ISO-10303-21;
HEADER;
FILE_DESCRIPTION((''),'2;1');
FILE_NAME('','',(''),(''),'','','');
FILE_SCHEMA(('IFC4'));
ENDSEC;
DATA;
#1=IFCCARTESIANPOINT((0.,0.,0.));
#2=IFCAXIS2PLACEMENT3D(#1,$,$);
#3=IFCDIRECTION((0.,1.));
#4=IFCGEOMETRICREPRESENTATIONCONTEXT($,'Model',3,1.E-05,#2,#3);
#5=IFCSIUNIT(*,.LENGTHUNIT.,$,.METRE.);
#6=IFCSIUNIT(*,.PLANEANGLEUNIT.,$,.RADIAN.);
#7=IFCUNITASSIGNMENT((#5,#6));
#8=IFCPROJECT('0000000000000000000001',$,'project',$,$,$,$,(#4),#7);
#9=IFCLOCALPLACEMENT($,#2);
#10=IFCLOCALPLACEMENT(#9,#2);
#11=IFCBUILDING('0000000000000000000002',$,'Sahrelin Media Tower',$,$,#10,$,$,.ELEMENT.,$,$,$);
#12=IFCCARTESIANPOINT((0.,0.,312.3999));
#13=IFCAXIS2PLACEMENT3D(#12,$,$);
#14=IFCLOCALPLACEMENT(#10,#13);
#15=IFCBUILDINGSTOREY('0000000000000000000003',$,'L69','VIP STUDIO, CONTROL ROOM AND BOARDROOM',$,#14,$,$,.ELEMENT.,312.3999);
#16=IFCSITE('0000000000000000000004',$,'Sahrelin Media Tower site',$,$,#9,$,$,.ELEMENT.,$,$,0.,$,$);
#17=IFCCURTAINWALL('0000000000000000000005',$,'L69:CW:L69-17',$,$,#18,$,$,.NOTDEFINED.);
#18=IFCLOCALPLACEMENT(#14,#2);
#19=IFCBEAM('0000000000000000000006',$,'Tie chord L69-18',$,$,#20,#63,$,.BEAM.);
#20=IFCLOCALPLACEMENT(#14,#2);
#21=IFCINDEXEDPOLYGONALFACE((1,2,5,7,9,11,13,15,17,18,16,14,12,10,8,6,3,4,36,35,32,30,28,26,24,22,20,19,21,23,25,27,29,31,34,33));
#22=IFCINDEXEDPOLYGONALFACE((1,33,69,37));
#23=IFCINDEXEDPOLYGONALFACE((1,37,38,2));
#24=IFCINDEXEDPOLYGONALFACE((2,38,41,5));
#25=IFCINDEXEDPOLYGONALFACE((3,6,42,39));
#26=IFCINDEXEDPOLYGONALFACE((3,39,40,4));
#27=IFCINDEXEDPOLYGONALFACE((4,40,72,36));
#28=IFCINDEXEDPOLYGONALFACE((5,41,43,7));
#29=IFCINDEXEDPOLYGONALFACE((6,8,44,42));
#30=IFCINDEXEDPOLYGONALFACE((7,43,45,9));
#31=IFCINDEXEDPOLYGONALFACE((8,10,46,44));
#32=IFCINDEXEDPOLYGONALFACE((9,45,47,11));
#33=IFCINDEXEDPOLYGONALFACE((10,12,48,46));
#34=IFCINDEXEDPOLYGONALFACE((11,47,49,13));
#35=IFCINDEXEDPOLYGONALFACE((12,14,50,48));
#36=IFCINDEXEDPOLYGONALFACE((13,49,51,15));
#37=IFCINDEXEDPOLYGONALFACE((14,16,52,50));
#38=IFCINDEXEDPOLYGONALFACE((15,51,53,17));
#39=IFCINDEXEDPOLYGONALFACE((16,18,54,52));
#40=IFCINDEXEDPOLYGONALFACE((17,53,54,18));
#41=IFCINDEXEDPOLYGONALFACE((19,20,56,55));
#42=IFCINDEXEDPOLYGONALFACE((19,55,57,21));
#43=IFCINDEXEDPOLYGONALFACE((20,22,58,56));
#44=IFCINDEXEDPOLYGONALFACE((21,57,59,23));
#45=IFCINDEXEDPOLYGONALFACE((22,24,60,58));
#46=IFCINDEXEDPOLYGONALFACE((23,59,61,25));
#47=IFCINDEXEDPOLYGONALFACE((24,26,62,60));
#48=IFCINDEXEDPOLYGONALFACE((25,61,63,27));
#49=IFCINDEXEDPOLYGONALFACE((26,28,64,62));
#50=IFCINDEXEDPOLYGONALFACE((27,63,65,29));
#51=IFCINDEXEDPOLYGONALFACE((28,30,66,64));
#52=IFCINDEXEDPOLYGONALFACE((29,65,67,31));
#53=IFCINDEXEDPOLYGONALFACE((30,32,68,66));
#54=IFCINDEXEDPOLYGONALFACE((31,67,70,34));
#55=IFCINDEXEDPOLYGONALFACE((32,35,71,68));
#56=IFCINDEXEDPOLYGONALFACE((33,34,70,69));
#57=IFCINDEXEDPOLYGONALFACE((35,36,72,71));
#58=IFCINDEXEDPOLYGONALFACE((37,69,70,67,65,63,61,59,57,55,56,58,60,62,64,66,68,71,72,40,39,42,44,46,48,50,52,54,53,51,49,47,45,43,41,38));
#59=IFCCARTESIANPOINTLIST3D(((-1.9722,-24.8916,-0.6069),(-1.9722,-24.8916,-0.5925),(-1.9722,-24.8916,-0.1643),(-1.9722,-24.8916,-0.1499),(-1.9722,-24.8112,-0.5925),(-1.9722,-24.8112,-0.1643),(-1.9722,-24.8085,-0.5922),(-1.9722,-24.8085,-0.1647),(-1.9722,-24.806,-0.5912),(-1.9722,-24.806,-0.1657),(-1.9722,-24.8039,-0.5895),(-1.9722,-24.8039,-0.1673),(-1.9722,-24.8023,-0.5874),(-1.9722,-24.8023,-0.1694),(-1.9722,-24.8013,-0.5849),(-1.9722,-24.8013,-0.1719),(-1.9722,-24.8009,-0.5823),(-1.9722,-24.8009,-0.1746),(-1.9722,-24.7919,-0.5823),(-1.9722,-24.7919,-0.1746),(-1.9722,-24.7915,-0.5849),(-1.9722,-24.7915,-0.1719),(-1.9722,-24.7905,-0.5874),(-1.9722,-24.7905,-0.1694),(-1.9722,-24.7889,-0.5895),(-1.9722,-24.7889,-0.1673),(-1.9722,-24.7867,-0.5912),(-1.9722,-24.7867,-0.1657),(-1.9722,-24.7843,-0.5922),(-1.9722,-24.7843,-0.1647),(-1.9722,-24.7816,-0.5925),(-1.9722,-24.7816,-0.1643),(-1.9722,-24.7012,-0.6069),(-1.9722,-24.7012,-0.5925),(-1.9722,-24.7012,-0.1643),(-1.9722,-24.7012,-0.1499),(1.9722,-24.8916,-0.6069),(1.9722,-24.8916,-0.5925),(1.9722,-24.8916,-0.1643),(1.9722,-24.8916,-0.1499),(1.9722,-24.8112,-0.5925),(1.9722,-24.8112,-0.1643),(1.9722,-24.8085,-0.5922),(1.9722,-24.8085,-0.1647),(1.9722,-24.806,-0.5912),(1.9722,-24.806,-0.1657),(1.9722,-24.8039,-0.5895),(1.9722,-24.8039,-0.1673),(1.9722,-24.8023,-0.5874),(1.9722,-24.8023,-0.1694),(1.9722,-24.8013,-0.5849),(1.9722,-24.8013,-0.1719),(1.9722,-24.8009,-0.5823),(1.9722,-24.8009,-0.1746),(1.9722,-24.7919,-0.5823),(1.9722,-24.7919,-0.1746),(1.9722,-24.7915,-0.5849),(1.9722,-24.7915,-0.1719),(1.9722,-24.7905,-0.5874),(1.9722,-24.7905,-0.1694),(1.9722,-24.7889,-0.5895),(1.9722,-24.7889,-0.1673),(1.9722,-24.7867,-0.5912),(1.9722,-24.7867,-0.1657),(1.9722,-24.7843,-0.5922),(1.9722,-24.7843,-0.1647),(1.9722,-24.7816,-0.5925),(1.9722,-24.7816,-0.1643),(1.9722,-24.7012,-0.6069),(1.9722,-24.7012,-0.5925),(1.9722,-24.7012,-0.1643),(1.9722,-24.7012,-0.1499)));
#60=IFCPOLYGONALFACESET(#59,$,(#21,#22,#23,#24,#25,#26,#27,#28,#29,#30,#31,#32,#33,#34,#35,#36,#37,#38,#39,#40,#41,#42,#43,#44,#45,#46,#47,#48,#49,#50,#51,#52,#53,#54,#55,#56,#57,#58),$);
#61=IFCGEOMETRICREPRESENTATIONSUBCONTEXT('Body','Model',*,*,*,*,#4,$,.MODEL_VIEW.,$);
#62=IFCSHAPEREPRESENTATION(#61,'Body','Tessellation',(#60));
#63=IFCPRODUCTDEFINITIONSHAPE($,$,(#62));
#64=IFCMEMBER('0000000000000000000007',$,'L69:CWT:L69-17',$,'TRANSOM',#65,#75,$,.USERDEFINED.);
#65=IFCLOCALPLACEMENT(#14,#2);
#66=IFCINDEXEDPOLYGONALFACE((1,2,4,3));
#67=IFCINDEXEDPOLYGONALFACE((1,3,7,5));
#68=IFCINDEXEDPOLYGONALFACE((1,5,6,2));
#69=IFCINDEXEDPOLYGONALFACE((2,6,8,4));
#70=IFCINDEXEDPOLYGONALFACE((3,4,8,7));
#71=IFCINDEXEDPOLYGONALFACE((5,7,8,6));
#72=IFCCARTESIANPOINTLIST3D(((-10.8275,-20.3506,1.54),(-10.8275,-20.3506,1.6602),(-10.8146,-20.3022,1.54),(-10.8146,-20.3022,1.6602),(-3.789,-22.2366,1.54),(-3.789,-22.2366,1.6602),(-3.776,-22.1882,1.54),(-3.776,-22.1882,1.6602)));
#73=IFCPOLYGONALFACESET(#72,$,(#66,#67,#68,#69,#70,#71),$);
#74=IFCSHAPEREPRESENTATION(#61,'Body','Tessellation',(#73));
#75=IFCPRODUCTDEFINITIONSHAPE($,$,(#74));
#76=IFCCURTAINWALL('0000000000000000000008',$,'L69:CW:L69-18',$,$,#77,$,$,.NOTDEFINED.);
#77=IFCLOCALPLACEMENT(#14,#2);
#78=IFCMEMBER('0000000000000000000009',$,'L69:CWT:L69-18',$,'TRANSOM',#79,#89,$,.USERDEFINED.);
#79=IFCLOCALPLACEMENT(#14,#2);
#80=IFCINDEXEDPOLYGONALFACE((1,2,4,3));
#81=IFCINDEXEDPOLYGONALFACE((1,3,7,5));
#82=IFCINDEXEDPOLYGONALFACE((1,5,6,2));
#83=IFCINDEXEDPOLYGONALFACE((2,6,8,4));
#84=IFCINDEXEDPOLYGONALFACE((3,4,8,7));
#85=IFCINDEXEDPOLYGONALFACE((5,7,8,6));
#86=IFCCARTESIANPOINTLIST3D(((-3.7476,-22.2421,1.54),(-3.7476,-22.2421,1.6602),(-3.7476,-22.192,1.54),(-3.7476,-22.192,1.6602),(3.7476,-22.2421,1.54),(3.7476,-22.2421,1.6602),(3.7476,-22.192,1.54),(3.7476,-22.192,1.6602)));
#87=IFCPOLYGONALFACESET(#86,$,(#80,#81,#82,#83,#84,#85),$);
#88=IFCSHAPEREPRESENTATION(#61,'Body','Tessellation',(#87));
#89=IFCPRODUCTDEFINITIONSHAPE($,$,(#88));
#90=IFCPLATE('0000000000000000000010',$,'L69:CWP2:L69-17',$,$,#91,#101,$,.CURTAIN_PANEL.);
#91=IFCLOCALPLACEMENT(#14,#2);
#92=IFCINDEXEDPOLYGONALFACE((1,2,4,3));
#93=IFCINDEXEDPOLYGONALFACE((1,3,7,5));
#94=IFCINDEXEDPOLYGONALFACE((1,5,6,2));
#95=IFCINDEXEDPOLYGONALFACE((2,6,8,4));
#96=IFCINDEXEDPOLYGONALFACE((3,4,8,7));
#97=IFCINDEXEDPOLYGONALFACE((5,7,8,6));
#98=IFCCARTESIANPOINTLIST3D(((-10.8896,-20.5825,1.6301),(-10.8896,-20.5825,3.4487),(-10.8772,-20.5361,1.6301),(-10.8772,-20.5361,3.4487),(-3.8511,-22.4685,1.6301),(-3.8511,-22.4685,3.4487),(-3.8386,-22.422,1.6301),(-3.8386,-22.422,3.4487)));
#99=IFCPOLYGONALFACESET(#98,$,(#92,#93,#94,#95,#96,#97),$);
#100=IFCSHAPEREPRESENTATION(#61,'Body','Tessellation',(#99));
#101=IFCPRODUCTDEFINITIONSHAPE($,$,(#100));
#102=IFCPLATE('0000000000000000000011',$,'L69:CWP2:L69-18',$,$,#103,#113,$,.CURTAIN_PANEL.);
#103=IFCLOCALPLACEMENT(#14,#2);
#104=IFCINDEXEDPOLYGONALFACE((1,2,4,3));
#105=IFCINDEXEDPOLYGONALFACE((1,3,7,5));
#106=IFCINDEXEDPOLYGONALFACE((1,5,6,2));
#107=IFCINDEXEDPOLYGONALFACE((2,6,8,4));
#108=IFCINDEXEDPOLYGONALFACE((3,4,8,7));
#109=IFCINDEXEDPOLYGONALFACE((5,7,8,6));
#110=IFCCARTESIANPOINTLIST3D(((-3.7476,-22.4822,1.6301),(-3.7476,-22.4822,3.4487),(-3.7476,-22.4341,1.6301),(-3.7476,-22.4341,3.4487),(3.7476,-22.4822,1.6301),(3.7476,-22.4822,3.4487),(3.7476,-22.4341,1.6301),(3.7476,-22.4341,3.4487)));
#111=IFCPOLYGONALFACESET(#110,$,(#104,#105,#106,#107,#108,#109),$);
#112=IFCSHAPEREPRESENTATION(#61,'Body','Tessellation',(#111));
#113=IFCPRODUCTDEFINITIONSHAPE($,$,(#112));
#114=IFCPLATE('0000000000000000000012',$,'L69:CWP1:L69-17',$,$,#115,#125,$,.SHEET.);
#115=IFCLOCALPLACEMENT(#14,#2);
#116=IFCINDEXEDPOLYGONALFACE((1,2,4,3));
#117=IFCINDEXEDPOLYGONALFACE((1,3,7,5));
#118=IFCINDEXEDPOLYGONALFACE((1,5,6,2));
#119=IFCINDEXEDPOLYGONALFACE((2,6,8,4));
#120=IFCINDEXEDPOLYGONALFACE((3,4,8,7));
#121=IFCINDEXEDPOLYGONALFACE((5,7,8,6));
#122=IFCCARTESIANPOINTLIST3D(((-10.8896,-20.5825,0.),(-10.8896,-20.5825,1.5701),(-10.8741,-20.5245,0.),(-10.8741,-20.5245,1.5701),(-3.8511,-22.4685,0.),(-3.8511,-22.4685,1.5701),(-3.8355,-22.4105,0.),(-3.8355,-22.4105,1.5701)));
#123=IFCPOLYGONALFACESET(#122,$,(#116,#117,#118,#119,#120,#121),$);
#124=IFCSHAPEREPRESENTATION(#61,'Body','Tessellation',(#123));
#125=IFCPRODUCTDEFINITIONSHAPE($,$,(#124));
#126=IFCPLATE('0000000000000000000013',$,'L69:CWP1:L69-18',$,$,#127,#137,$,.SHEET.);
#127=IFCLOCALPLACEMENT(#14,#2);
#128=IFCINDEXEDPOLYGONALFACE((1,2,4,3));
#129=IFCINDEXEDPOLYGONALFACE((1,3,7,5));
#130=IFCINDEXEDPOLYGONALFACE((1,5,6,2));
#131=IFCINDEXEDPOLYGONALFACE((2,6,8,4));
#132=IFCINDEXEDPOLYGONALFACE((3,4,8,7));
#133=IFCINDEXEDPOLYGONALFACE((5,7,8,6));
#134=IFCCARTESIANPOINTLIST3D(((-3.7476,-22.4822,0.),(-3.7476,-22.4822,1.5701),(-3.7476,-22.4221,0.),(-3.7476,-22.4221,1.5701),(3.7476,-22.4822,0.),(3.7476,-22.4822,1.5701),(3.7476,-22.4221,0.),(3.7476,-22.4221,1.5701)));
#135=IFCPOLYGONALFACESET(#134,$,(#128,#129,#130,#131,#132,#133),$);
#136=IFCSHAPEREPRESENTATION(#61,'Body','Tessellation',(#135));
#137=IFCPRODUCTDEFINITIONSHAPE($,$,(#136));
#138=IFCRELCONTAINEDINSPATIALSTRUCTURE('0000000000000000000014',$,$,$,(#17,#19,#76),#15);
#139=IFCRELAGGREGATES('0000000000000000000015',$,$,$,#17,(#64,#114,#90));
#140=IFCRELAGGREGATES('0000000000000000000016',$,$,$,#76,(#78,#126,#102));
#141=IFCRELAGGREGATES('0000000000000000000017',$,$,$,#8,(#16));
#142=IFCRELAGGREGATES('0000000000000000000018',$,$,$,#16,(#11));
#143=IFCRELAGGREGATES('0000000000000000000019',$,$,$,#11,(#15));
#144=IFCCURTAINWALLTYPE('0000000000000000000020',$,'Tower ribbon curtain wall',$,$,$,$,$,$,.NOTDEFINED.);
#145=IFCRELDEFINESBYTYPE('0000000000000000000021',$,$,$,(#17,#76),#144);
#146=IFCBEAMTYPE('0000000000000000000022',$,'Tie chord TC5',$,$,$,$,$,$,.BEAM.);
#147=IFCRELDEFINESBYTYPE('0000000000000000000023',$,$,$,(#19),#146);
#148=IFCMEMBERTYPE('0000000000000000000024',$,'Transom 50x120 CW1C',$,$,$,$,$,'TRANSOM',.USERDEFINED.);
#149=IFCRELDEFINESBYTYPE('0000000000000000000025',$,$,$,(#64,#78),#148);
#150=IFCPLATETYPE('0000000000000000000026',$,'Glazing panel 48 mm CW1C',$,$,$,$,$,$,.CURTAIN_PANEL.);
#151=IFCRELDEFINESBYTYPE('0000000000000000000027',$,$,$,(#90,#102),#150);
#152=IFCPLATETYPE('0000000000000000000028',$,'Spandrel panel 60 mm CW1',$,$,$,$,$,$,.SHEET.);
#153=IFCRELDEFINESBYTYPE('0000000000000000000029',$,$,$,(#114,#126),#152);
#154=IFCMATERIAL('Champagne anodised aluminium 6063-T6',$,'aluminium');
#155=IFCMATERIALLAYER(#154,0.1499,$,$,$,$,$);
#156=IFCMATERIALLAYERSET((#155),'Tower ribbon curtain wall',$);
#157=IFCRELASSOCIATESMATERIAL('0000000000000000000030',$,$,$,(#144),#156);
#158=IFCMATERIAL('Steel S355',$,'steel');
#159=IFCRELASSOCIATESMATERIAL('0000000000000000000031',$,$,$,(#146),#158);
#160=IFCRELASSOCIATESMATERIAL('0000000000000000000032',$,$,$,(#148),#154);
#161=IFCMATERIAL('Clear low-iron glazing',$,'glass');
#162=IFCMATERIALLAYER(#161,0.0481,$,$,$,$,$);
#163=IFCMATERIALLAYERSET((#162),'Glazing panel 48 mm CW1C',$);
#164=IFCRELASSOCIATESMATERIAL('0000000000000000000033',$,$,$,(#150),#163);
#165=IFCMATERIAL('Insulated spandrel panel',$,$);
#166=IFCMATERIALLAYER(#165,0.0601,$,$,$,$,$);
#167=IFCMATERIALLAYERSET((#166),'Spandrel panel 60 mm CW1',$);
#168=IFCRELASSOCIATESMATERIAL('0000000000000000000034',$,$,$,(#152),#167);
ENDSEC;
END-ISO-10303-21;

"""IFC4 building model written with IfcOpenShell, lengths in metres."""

from ifc_helpers import new_model, si_unit, direction, frame, origin, origin_2d, place, context, subcontext, project, spatial, polyline, rectangle, i_section, outline, extrude, material, layer, layer_set, material_profile, profile_set, type_object, element, aggregate, save


model = new_model("IFC4")

# Units and contexts
model_context = context("Model", 3, precision=1e-05, world=origin(), true_north=direction((0.0, 1.0)))
body_context = subcontext(model_context, "Body", "Model", "MODEL_VIEW")
ifc_project = project(units=[si_unit("LENGTHUNIT", "METRE"), si_unit("PLANEANGLEUNIT", "RADIAN")], contexts=[model_context])

# Site, building, storey
site_placement = place(None, origin())
site = spatial("IfcSite", under=ifc_project, at=site_placement, Name="Sahrelin Media Tower site", CompositionType="ELEMENT", RefElevation=0.0)
building_placement = place(site_placement, origin())
building = spatial("IfcBuilding", under=site, at=building_placement, Name="Sahrelin Media Tower", CompositionType="ELEMENT")
storey_placement = place(building_placement, frame((0.0, 0.0, 312.3999)))
storey = spatial("IfcBuildingStorey", under=building, at=storey_placement, Name="L69", Description="VIP STUDIO, CONTROL ROOM AND BOARDROOM", CompositionType="ELEMENT", Elevation=312.3999)

# Shared definitions
ifc_material_1 = material(Name="Steel S355", Category="steel")

# Curtain wall
ifc_material_2 = material(Name="Champagne anodised aluminium 6063-T6", Category="aluminium")
ifc_layer_1 = layer(ifc_material_2, 0.1499)
ifc_layer_set_1 = layer_set([ifc_layer_1], Name="Tower ribbon curtain wall")
curtain_wall_type = type_object("IfcCurtainWallType", Name="Tower ribbon curtain wall", PredefinedType="NOTDEFINED", material=ifc_layer_set_1)
curtain_wall_1_placement = place(storey_placement, frame((-7.3652, -21.5061, 0.0), z_axis=(0.0, 0.0, 1.0), x_axis=(1.0, 0.0, 0.0)))
curtain_wall_1 = element("IfcCurtainWall", 1, at=curtain_wall_1_placement, inside=storey, type_object=curtain_wall_type, Name="L69:CW:L69-17", PredefinedType="NOTDEFINED")

# Beam
ifc_material_profile_1 = material_profile(ifc_material_1, i_section(OverallWidth=0.1904, OverallDepth=0.457, WebThickness=0.009, FlangeThickness=0.0144, FilletRadius=0.0103, at=origin_2d()), Name="UB 457x191x74")
ifc_profile_set_1 = profile_set([ifc_material_profile_1], Name="Steel S355")
beam_type_1 = type_object("IfcBeamType", Name="Tie chord TC5", PredefinedType="BEAM", material=ifc_profile_set_1)
beam_1_placement = place(storey_placement, frame((-1.9722, -24.7964, -0.3784), z_axis=(1.0, 0.0, 0.0), x_axis=(0.0, 1.0, 0.0)))
element("IfcBeam", 2, at=beam_1_placement, inside=storey, type_object=beam_type_1, Name="Tie chord L69-18", PredefinedType="BEAM", context=body_context, shape_type="SweptSolid", body=[
    extrude(i_section(OverallWidth=0.1904, OverallDepth=0.457, WebThickness=0.009, FlangeThickness=0.0144, FilletRadius=0.0103, at=origin_2d()), origin(), (0.0, 0.0, 1.0), 3.9443),
])

# Member
ifc_material_profile_2 = material_profile(ifc_material_2, rectangle(XDim=0.05, YDim=0.1201, at=origin_2d()), Name="Transom 50x120")
ifc_profile_set_2 = profile_set([ifc_material_profile_2], Name="Champagne anodised aluminium 6063-T6")
member_type_1 = type_object("IfcMemberType", Name="Transom 50x120 CW1C", ElementType="TRANSOM", PredefinedType="USERDEFINED", material=ifc_profile_set_2)
member_1_placement = place(storey_placement, frame((-10.821, -20.3264, 1.6001), z_axis=(0.965926, -0.25882, 0.0), x_axis=(0.25882, 0.965926, 0.0)))
member_1 = element("IfcMember", 3, at=member_1_placement, type_object=member_type_1, Name="L69:CWT:L69-17", ObjectType="TRANSOM", PredefinedType="USERDEFINED", context=body_context, shape_type="SweptSolid", body=[
    extrude(rectangle(XDim=0.05, YDim=0.1201, at=origin_2d()), origin(), (0.0, 0.0, 1.0), 7.2869),
])

# Curtain wall, member
curtain_wall_2_placement = place(storey_placement, frame((0.0, -22.4622, 0.0), z_axis=(0.0, 0.0, 1.0), x_axis=(1.0, 0.0, 0.0)))
curtain_wall_2 = element("IfcCurtainWall", 4, at=curtain_wall_2_placement, inside=storey, type_object=curtain_wall_type, Name="L69:CW:L69-18", PredefinedType="NOTDEFINED")
member_2_placement = place(storey_placement, frame((-3.7476, -22.217, 1.6001), z_axis=(1.0, 0.0, 0.0), x_axis=(0.0, 1.0, 0.0)))
member_2 = element("IfcMember", 5, at=member_2_placement, type_object=member_type_1, Name="L69:CWT:L69-18", ObjectType="TRANSOM", PredefinedType="USERDEFINED", context=body_context, shape_type="SweptSolid", body=[
    extrude(rectangle(XDim=0.05, YDim=0.1201, at=origin_2d()), origin(), (0.0, 0.0, 1.0), 7.4951),
])

# Plates
ifc_material_3 = material(Name="Clear low-iron glazing", Category="glass")
ifc_layer_2 = layer(ifc_material_3, 0.0481)
ifc_layer_set_2 = layer_set([ifc_layer_2], Name="Glazing panel 48 mm CW1C")
plate_type_1 = type_object("IfcPlateType", Name="Glazing panel 48 mm CW1C", PredefinedType="CURTAIN_PANEL", material=ifc_layer_set_2)
plate_1_placement = place(storey_placement, frame((-10.8896, -20.5825, 1.6301), z_axis=(-0.25882, -0.965926, 0.0), x_axis=(0.965926, -0.25882, 0.0)))
plate_1 = element("IfcPlate", 6, at=plate_1_placement, type_object=plate_type_1, Name="L69:CWP2:L69-17", PredefinedType="CURTAIN_PANEL", context=body_context, shape_type="SweptSolid", body=[
    extrude(outline(polyline([(0.0, 0.0), (7.2869, 0.0), (7.2869, 1.8186), (0.0, 1.8186), (0.0, 0.0)])), origin(), (0.0, 0.0, -1.0), 0.0481),
])
plate_2_placement = place(storey_placement, frame((-3.7476, -22.4822, 1.6301), z_axis=(0.0, -1.0, 0.0), x_axis=(1.0, 0.0, 0.0)))
plate_2 = element("IfcPlate", 7, at=plate_2_placement, type_object=plate_type_1, Name="L69:CWP2:L69-18", PredefinedType="CURTAIN_PANEL", context=body_context, shape_type="SweptSolid", body=[
    extrude(outline(polyline([(0.0, 0.0), (7.4951, 0.0), (7.4951, 1.8186), (0.0, 1.8186), (0.0, 0.0)])), origin(), (0.0, 0.0, -1.0), 0.0481),
])
ifc_material_4 = material(Name="Insulated spandrel panel")
ifc_layer_3 = layer(ifc_material_4, 0.0601)
ifc_layer_set_3 = layer_set([ifc_layer_3], Name="Spandrel panel 60 mm CW1")
plate_type_2 = type_object("IfcPlateType", Name="Spandrel panel 60 mm CW1", PredefinedType="SHEET", material=ifc_layer_set_3)
plate_3_placement = place(storey_placement, frame((-10.8896, -20.5825, 0.0), z_axis=(-0.25882, -0.965926, 0.0), x_axis=(0.965926, -0.25882, 0.0)))
plate_3 = element("IfcPlate", 8, at=plate_3_placement, type_object=plate_type_2, Name="L69:CWP1:L69-17", PredefinedType="SHEET", context=body_context, shape_type="SweptSolid", body=[
    extrude(outline(polyline([(0.0, 0.0), (7.2869, 0.0), (7.2869, 1.5701), (0.0, 1.5701), (0.0, 0.0)])), origin(), (0.0, 0.0, -1.0), 0.0601),
])
aggregate(curtain_wall_1, [member_1, plate_3, plate_1])
plate_4_placement = place(storey_placement, frame((-3.7476, -22.4822, 0.0), z_axis=(0.0, -1.0, 0.0), x_axis=(1.0, 0.0, 0.0)))
plate_4 = element("IfcPlate", 9, at=plate_4_placement, type_object=plate_type_2, Name="L69:CWP1:L69-18", PredefinedType="SHEET", context=body_context, shape_type="SweptSolid", body=[
    extrude(outline(polyline([(0.0, 0.0), (7.4951, 0.0), (7.4951, 1.5701), (0.0, 1.5701), (0.0, 0.0)])), origin(), (0.0, 0.0, -1.0), 0.0601),
])
aggregate(curtain_wall_2, [member_2, plate_4, plate_2])

save(model, "model.ifc")
